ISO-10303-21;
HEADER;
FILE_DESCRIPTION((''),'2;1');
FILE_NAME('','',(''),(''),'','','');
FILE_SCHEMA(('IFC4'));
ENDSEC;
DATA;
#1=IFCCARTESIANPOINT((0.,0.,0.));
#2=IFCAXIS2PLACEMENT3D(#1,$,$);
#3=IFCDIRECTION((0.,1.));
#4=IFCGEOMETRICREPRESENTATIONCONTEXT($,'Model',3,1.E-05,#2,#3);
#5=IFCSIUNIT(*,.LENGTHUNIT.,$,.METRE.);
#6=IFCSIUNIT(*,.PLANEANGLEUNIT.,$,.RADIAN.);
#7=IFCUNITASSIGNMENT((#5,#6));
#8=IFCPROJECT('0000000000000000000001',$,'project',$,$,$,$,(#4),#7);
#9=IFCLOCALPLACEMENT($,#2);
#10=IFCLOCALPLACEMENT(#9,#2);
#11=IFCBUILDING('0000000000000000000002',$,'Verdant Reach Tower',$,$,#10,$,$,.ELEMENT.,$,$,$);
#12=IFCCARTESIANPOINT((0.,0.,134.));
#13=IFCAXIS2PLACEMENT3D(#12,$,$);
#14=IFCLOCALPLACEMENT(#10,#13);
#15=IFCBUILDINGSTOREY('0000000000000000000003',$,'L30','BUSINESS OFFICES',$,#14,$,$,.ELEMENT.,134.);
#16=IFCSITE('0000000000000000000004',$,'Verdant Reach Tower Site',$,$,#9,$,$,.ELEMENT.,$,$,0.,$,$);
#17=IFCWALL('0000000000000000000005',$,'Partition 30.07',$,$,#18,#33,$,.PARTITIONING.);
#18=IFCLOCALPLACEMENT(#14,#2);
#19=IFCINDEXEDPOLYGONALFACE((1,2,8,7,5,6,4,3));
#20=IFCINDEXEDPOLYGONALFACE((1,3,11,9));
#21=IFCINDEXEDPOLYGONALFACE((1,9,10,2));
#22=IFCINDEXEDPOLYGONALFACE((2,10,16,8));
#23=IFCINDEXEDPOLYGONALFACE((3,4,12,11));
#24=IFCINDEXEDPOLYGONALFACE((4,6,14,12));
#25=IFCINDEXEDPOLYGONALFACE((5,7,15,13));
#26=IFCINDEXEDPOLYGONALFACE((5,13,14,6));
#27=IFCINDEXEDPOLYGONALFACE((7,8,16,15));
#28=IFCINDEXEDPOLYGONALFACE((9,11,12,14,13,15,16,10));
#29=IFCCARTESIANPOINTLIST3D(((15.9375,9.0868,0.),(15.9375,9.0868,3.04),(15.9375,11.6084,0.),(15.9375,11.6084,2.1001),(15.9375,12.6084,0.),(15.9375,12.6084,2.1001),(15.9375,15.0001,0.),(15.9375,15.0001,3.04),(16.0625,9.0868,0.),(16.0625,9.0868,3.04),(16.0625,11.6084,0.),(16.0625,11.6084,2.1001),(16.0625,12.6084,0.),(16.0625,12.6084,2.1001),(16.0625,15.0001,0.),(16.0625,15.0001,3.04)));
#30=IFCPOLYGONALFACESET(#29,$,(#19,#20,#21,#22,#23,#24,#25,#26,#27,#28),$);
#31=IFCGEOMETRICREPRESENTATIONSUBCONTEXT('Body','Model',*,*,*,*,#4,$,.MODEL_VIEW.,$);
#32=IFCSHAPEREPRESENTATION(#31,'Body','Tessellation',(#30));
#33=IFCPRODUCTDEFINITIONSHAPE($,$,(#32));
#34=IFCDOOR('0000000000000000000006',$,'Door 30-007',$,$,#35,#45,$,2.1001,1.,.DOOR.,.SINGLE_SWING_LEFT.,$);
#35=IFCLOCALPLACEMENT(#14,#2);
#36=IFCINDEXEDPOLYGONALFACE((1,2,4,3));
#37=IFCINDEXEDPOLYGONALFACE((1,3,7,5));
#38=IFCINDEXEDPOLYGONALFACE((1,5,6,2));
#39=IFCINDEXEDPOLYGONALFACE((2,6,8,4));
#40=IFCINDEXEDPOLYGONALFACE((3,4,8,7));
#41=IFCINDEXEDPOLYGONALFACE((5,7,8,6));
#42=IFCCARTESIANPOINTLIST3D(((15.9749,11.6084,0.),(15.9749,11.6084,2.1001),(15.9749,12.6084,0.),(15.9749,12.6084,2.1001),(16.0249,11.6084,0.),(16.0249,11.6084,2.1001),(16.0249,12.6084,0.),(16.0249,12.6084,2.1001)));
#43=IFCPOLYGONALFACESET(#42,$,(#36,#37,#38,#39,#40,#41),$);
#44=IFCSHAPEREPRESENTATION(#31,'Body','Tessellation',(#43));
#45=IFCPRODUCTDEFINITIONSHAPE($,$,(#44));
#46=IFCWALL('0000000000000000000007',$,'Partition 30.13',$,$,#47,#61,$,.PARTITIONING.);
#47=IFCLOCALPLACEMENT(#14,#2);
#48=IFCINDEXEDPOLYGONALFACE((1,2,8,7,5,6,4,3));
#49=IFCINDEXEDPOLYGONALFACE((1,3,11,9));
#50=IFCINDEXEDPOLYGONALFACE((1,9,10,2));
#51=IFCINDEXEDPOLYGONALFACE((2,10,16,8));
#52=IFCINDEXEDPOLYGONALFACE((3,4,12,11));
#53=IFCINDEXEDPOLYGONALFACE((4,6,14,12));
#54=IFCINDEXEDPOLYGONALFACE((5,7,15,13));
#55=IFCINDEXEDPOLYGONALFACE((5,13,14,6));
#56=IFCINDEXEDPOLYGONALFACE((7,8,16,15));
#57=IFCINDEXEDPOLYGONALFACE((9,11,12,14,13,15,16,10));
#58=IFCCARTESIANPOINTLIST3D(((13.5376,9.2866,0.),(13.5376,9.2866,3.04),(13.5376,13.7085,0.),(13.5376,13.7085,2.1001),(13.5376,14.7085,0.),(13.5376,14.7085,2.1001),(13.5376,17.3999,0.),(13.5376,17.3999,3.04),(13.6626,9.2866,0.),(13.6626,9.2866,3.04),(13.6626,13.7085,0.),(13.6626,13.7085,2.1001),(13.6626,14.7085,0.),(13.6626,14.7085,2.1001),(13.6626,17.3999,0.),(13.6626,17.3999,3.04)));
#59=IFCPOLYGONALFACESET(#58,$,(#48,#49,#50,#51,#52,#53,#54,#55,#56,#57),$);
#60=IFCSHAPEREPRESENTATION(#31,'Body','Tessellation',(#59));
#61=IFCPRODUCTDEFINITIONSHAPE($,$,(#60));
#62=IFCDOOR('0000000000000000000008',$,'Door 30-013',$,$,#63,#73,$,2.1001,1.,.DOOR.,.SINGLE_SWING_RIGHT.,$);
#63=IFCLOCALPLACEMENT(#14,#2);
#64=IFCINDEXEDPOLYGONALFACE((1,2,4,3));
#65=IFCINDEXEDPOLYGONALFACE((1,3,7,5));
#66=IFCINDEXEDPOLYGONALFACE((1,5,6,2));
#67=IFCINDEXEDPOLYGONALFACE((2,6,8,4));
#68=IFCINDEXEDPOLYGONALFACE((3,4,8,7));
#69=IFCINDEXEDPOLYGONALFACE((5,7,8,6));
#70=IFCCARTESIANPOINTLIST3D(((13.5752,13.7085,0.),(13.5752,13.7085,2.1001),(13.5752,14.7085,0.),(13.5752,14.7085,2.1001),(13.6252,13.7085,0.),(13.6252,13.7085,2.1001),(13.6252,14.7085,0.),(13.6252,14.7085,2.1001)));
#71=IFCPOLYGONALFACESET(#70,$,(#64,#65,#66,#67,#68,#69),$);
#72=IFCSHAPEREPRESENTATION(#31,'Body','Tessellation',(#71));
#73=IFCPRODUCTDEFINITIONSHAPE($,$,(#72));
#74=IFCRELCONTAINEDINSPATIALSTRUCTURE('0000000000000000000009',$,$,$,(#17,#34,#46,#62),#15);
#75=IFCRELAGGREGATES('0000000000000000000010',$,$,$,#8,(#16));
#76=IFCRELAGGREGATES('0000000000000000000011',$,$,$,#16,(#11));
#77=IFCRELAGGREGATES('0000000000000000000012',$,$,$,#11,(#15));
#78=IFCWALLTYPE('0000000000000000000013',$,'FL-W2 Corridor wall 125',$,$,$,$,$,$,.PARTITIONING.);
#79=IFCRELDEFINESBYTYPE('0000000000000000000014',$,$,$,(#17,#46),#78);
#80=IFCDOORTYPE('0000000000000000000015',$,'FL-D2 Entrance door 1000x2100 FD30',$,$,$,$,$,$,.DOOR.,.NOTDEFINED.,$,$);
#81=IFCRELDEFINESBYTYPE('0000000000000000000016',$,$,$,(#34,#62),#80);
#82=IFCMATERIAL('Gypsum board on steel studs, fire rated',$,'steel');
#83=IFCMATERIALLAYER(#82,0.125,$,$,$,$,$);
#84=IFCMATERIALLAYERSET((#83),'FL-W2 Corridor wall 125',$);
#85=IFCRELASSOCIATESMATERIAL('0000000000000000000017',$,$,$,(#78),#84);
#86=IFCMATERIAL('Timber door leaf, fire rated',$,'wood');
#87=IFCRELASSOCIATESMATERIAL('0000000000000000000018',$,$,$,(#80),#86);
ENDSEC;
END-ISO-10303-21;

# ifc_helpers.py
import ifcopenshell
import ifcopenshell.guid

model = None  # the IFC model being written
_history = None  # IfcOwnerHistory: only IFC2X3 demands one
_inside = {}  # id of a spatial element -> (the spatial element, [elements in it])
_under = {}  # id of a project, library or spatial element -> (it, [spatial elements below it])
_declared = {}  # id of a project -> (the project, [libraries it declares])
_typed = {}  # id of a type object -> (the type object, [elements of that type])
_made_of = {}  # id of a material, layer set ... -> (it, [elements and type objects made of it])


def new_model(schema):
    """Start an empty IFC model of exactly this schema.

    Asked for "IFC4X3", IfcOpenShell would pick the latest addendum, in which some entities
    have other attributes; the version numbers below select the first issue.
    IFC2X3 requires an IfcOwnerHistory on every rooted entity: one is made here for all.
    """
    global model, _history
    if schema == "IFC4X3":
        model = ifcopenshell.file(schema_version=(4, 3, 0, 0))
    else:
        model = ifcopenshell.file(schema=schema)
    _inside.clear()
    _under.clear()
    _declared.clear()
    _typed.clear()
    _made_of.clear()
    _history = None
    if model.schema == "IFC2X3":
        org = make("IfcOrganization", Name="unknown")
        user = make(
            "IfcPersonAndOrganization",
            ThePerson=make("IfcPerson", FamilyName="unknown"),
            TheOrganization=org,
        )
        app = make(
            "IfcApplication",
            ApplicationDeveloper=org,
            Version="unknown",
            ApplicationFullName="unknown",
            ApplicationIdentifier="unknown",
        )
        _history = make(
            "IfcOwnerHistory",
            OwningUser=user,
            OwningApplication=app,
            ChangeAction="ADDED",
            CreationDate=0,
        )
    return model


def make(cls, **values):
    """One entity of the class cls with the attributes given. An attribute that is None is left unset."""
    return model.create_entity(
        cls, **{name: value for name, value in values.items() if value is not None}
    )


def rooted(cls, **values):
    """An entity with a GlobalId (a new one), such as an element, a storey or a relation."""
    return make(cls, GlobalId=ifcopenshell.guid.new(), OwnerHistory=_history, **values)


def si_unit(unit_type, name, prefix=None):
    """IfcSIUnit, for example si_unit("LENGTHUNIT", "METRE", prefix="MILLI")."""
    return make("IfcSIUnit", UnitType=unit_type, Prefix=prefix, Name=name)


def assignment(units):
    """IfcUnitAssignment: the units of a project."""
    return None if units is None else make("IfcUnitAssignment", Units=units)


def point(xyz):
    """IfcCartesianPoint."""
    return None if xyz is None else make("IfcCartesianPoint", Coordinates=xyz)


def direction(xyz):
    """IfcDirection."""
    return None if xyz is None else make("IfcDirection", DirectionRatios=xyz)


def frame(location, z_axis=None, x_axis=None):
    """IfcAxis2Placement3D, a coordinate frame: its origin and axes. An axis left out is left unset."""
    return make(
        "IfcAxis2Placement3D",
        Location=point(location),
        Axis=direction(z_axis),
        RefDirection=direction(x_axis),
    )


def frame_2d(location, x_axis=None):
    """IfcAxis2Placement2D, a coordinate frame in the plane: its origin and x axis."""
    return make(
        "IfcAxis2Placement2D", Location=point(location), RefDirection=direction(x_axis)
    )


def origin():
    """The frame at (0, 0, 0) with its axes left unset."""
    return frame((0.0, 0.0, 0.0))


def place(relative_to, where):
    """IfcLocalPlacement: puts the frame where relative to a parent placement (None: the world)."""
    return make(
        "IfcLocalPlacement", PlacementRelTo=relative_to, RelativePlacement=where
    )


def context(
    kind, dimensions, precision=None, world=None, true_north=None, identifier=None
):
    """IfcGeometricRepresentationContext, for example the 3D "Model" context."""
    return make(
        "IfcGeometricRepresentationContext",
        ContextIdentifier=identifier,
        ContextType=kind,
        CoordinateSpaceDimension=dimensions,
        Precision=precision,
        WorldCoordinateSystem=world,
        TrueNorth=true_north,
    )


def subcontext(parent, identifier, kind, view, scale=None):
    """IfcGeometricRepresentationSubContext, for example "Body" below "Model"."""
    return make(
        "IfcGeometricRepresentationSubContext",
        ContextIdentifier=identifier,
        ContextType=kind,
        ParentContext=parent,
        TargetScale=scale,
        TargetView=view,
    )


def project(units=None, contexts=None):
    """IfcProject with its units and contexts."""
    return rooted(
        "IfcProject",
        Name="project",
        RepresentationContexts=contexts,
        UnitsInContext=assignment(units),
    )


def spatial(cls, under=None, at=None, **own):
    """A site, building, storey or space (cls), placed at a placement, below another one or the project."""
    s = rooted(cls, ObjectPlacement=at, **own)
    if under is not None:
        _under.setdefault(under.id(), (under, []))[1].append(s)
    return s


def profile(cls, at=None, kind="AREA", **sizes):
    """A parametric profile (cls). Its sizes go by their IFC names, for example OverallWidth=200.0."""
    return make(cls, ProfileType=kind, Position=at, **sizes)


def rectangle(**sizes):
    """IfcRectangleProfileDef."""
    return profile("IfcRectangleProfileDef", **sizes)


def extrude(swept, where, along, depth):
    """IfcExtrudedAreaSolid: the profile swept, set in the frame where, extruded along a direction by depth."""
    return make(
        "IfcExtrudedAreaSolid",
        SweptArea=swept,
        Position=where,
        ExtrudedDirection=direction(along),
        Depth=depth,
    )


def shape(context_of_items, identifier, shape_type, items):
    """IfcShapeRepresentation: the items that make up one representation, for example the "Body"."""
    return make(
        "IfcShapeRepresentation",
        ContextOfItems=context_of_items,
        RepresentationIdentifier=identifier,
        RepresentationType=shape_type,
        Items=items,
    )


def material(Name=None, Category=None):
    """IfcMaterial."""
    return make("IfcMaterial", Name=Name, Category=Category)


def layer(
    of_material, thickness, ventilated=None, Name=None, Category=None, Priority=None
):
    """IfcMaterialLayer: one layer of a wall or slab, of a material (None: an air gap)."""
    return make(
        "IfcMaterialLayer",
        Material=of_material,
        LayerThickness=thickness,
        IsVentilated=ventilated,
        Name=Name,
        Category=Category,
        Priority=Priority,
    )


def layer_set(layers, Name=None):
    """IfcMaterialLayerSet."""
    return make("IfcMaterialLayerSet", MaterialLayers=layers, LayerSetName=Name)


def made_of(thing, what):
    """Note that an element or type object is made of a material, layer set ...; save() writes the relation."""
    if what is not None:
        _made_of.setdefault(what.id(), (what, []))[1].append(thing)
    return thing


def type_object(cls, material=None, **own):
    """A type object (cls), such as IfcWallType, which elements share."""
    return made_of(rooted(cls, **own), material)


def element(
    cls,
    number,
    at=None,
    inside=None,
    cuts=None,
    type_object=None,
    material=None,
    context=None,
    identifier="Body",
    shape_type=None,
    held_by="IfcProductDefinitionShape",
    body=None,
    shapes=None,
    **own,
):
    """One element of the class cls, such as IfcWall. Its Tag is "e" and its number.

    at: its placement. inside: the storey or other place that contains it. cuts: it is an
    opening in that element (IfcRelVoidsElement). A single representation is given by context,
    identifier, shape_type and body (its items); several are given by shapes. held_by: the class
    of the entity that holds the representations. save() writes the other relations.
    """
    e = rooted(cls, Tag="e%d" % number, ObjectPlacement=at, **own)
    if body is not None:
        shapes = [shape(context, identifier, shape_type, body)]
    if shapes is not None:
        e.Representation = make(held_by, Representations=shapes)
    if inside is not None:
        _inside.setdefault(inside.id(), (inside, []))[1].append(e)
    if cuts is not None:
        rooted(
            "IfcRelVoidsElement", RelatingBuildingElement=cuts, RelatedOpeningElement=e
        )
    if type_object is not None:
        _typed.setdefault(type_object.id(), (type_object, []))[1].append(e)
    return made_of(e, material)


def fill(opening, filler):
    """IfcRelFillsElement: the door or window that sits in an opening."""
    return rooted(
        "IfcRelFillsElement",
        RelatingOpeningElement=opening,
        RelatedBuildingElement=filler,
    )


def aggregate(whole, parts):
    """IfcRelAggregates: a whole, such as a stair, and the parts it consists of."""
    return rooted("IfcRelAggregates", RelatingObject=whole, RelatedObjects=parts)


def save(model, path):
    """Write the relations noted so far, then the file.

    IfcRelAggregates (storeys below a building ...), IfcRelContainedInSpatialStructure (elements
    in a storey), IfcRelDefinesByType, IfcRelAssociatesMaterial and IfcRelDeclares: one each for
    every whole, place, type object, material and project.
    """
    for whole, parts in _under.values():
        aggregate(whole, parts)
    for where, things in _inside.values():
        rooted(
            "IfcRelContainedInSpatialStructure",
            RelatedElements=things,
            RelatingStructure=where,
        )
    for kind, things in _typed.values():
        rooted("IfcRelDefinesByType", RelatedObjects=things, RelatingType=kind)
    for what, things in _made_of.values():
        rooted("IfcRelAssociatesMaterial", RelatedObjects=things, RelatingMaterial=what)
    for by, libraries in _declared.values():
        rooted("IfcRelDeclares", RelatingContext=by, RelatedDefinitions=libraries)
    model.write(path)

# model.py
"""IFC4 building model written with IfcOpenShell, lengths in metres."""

from ifc_helpers import new_model, si_unit, direction, frame, frame_2d, origin, place, context, subcontext, project, spatial, rectangle, extrude, material, layer, layer_set, type_object, element, fill, save


model = new_model("IFC4")

# Units and contexts
model_context = context("Model", 3, precision=1e-05, world=origin(), true_north=direction((0.0, 1.0)))
body_context = subcontext(model_context, "Body", "Model", "MODEL_VIEW")
ifc_project = project(units=[si_unit("LENGTHUNIT", "METRE"), si_unit("PLANEANGLEUNIT", "RADIAN")], contexts=[model_context])

# Site, building, storey
site_placement = place(None, origin())
site = spatial("IfcSite", under=ifc_project, at=site_placement, Name="Verdant Reach Tower Site", CompositionType="ELEMENT", RefElevation=0.0)
building_placement = place(site_placement, origin())
building = spatial("IfcBuilding", under=site, at=building_placement, Name="Verdant Reach Tower", CompositionType="ELEMENT")
storey_placement = place(building_placement, frame((0.0, 0.0, 134.0)))
storey = spatial("IfcBuildingStorey", under=building, at=storey_placement, Name="L30", Description="BUSINESS OFFICES", CompositionType="ELEMENT", Elevation=134.0)

# Walls, openings, doors
ifc_material_1 = material(Name="Gypsum board on steel studs, fire rated", Category="steel")
ifc_layer_1 = layer(ifc_material_1, 0.125)
ifc_layer_set_1 = layer_set([ifc_layer_1], Name="FL-W2 Corridor wall 125")
wall_type_1 = type_object("IfcWallType", Name="FL-W2 Corridor wall 125", PredefinedType="PARTITIONING", material=ifc_layer_set_1)
wall_1_placement = place(storey_placement, frame((16.0, 15.0, 0.0), z_axis=(0.0, 0.0, 1.0), x_axis=(0.0, -1.0, 0.0)))
wall_1 = element("IfcWall", 1, at=wall_1_placement, inside=storey, type_object=wall_type_1, Name="Partition 30.07", PredefinedType="PARTITIONING", context=body_context, shape_type="SweptSolid", body=[
    extrude(rectangle(XDim=5.9133, YDim=0.125, at=frame_2d((2.9565, 0.0))), origin(), (0.0, 0.0, 1.0), 3.04),
])
opening_1_placement = place(wall_1_placement, frame((2.3916, 0.0, 0.0)))
opening_1 = element("IfcOpeningElement", 2, at=opening_1_placement, cuts=wall_1, PredefinedType="OPENING", context=body_context, shape_type="SweptSolid", body=[
    extrude(rectangle(XDim=1.0, YDim=2.1001, at=frame_2d((0.5, 1.05))), frame((0.0, 0.0725, 0.0), z_axis=(0.0, -1.0, 0.0), x_axis=(1.0, 0.0, 0.0)), (0.0, 0.0, 1.0), 0.145),
])
ifc_material_2 = material(Name="Timber door leaf, fire rated", Category="wood")
door_type_1 = type_object("IfcDoorType", Name="FL-D2 Entrance door 1000x2100 FD30", OperationType="NOTDEFINED", PredefinedType="DOOR", material=ifc_material_2)
door_1_placement = place(opening_1_placement, origin())
door_1 = element("IfcDoor", 3, at=door_1_placement, inside=storey, type_object=door_type_1, Name="Door 30-007", OperationType="SINGLE_SWING_LEFT", OverallHeight=2.1001, OverallWidth=1.0, PredefinedType="DOOR", context=body_context, shape_type="SweptSolid", body=[
    extrude(rectangle(XDim=1.0, YDim=2.1001, at=frame_2d((0.5, 1.05))), frame((0.0, 0.0249, 0.0), z_axis=(0.0, -1.0, 0.0), x_axis=(1.0, 0.0, 0.0)), (0.0, 0.0, 1.0), 0.05),
])
fill(opening_1, door_1)
wall_2_placement = place(storey_placement, frame((13.6001, 9.2866, 0.0), z_axis=(0.0, 0.0, 1.0), x_axis=(0.0, 1.0, 0.0)))
wall_2 = element("IfcWall", 4, at=wall_2_placement, inside=storey, type_object=wall_type_1, Name="Partition 30.13", PredefinedType="PARTITIONING", context=body_context, shape_type="SweptSolid", body=[
    extrude(rectangle(XDim=8.1133, YDim=0.125, at=frame_2d((4.0566, 0.0))), origin(), (0.0, 0.0, 1.0), 3.04),
])
opening_2_placement = place(wall_2_placement, frame((4.4219, 0.0, 0.0)))
opening_2 = element("IfcOpeningElement", 5, at=opening_2_placement, cuts=wall_2, PredefinedType="OPENING", context=body_context, shape_type="SweptSolid", body=[
    extrude(rectangle(XDim=1.0, YDim=2.1001, at=frame_2d((0.5, 1.05))), frame((0.0, 0.0725, 0.0), z_axis=(0.0, -1.0, 0.0), x_axis=(1.0, 0.0, 0.0)), (0.0, 0.0, 1.0), 0.145),
])
door_2_placement = place(opening_2_placement, origin())
door_2 = element("IfcDoor", 6, at=door_2_placement, inside=storey, type_object=door_type_1, Name="Door 30-013", OperationType="SINGLE_SWING_RIGHT", OverallHeight=2.1001, OverallWidth=1.0, PredefinedType="DOOR", context=body_context, shape_type="SweptSolid", body=[
    extrude(rectangle(XDim=1.0, YDim=2.1001, at=frame_2d((0.5, 1.05))), frame((0.0, 0.0249, 0.0), z_axis=(0.0, -1.0, 0.0), x_axis=(1.0, 0.0, 0.0)), (0.0, 0.0, 1.0), 0.05),
])
fill(opening_2, door_2)

save(model, "model.ifc")
